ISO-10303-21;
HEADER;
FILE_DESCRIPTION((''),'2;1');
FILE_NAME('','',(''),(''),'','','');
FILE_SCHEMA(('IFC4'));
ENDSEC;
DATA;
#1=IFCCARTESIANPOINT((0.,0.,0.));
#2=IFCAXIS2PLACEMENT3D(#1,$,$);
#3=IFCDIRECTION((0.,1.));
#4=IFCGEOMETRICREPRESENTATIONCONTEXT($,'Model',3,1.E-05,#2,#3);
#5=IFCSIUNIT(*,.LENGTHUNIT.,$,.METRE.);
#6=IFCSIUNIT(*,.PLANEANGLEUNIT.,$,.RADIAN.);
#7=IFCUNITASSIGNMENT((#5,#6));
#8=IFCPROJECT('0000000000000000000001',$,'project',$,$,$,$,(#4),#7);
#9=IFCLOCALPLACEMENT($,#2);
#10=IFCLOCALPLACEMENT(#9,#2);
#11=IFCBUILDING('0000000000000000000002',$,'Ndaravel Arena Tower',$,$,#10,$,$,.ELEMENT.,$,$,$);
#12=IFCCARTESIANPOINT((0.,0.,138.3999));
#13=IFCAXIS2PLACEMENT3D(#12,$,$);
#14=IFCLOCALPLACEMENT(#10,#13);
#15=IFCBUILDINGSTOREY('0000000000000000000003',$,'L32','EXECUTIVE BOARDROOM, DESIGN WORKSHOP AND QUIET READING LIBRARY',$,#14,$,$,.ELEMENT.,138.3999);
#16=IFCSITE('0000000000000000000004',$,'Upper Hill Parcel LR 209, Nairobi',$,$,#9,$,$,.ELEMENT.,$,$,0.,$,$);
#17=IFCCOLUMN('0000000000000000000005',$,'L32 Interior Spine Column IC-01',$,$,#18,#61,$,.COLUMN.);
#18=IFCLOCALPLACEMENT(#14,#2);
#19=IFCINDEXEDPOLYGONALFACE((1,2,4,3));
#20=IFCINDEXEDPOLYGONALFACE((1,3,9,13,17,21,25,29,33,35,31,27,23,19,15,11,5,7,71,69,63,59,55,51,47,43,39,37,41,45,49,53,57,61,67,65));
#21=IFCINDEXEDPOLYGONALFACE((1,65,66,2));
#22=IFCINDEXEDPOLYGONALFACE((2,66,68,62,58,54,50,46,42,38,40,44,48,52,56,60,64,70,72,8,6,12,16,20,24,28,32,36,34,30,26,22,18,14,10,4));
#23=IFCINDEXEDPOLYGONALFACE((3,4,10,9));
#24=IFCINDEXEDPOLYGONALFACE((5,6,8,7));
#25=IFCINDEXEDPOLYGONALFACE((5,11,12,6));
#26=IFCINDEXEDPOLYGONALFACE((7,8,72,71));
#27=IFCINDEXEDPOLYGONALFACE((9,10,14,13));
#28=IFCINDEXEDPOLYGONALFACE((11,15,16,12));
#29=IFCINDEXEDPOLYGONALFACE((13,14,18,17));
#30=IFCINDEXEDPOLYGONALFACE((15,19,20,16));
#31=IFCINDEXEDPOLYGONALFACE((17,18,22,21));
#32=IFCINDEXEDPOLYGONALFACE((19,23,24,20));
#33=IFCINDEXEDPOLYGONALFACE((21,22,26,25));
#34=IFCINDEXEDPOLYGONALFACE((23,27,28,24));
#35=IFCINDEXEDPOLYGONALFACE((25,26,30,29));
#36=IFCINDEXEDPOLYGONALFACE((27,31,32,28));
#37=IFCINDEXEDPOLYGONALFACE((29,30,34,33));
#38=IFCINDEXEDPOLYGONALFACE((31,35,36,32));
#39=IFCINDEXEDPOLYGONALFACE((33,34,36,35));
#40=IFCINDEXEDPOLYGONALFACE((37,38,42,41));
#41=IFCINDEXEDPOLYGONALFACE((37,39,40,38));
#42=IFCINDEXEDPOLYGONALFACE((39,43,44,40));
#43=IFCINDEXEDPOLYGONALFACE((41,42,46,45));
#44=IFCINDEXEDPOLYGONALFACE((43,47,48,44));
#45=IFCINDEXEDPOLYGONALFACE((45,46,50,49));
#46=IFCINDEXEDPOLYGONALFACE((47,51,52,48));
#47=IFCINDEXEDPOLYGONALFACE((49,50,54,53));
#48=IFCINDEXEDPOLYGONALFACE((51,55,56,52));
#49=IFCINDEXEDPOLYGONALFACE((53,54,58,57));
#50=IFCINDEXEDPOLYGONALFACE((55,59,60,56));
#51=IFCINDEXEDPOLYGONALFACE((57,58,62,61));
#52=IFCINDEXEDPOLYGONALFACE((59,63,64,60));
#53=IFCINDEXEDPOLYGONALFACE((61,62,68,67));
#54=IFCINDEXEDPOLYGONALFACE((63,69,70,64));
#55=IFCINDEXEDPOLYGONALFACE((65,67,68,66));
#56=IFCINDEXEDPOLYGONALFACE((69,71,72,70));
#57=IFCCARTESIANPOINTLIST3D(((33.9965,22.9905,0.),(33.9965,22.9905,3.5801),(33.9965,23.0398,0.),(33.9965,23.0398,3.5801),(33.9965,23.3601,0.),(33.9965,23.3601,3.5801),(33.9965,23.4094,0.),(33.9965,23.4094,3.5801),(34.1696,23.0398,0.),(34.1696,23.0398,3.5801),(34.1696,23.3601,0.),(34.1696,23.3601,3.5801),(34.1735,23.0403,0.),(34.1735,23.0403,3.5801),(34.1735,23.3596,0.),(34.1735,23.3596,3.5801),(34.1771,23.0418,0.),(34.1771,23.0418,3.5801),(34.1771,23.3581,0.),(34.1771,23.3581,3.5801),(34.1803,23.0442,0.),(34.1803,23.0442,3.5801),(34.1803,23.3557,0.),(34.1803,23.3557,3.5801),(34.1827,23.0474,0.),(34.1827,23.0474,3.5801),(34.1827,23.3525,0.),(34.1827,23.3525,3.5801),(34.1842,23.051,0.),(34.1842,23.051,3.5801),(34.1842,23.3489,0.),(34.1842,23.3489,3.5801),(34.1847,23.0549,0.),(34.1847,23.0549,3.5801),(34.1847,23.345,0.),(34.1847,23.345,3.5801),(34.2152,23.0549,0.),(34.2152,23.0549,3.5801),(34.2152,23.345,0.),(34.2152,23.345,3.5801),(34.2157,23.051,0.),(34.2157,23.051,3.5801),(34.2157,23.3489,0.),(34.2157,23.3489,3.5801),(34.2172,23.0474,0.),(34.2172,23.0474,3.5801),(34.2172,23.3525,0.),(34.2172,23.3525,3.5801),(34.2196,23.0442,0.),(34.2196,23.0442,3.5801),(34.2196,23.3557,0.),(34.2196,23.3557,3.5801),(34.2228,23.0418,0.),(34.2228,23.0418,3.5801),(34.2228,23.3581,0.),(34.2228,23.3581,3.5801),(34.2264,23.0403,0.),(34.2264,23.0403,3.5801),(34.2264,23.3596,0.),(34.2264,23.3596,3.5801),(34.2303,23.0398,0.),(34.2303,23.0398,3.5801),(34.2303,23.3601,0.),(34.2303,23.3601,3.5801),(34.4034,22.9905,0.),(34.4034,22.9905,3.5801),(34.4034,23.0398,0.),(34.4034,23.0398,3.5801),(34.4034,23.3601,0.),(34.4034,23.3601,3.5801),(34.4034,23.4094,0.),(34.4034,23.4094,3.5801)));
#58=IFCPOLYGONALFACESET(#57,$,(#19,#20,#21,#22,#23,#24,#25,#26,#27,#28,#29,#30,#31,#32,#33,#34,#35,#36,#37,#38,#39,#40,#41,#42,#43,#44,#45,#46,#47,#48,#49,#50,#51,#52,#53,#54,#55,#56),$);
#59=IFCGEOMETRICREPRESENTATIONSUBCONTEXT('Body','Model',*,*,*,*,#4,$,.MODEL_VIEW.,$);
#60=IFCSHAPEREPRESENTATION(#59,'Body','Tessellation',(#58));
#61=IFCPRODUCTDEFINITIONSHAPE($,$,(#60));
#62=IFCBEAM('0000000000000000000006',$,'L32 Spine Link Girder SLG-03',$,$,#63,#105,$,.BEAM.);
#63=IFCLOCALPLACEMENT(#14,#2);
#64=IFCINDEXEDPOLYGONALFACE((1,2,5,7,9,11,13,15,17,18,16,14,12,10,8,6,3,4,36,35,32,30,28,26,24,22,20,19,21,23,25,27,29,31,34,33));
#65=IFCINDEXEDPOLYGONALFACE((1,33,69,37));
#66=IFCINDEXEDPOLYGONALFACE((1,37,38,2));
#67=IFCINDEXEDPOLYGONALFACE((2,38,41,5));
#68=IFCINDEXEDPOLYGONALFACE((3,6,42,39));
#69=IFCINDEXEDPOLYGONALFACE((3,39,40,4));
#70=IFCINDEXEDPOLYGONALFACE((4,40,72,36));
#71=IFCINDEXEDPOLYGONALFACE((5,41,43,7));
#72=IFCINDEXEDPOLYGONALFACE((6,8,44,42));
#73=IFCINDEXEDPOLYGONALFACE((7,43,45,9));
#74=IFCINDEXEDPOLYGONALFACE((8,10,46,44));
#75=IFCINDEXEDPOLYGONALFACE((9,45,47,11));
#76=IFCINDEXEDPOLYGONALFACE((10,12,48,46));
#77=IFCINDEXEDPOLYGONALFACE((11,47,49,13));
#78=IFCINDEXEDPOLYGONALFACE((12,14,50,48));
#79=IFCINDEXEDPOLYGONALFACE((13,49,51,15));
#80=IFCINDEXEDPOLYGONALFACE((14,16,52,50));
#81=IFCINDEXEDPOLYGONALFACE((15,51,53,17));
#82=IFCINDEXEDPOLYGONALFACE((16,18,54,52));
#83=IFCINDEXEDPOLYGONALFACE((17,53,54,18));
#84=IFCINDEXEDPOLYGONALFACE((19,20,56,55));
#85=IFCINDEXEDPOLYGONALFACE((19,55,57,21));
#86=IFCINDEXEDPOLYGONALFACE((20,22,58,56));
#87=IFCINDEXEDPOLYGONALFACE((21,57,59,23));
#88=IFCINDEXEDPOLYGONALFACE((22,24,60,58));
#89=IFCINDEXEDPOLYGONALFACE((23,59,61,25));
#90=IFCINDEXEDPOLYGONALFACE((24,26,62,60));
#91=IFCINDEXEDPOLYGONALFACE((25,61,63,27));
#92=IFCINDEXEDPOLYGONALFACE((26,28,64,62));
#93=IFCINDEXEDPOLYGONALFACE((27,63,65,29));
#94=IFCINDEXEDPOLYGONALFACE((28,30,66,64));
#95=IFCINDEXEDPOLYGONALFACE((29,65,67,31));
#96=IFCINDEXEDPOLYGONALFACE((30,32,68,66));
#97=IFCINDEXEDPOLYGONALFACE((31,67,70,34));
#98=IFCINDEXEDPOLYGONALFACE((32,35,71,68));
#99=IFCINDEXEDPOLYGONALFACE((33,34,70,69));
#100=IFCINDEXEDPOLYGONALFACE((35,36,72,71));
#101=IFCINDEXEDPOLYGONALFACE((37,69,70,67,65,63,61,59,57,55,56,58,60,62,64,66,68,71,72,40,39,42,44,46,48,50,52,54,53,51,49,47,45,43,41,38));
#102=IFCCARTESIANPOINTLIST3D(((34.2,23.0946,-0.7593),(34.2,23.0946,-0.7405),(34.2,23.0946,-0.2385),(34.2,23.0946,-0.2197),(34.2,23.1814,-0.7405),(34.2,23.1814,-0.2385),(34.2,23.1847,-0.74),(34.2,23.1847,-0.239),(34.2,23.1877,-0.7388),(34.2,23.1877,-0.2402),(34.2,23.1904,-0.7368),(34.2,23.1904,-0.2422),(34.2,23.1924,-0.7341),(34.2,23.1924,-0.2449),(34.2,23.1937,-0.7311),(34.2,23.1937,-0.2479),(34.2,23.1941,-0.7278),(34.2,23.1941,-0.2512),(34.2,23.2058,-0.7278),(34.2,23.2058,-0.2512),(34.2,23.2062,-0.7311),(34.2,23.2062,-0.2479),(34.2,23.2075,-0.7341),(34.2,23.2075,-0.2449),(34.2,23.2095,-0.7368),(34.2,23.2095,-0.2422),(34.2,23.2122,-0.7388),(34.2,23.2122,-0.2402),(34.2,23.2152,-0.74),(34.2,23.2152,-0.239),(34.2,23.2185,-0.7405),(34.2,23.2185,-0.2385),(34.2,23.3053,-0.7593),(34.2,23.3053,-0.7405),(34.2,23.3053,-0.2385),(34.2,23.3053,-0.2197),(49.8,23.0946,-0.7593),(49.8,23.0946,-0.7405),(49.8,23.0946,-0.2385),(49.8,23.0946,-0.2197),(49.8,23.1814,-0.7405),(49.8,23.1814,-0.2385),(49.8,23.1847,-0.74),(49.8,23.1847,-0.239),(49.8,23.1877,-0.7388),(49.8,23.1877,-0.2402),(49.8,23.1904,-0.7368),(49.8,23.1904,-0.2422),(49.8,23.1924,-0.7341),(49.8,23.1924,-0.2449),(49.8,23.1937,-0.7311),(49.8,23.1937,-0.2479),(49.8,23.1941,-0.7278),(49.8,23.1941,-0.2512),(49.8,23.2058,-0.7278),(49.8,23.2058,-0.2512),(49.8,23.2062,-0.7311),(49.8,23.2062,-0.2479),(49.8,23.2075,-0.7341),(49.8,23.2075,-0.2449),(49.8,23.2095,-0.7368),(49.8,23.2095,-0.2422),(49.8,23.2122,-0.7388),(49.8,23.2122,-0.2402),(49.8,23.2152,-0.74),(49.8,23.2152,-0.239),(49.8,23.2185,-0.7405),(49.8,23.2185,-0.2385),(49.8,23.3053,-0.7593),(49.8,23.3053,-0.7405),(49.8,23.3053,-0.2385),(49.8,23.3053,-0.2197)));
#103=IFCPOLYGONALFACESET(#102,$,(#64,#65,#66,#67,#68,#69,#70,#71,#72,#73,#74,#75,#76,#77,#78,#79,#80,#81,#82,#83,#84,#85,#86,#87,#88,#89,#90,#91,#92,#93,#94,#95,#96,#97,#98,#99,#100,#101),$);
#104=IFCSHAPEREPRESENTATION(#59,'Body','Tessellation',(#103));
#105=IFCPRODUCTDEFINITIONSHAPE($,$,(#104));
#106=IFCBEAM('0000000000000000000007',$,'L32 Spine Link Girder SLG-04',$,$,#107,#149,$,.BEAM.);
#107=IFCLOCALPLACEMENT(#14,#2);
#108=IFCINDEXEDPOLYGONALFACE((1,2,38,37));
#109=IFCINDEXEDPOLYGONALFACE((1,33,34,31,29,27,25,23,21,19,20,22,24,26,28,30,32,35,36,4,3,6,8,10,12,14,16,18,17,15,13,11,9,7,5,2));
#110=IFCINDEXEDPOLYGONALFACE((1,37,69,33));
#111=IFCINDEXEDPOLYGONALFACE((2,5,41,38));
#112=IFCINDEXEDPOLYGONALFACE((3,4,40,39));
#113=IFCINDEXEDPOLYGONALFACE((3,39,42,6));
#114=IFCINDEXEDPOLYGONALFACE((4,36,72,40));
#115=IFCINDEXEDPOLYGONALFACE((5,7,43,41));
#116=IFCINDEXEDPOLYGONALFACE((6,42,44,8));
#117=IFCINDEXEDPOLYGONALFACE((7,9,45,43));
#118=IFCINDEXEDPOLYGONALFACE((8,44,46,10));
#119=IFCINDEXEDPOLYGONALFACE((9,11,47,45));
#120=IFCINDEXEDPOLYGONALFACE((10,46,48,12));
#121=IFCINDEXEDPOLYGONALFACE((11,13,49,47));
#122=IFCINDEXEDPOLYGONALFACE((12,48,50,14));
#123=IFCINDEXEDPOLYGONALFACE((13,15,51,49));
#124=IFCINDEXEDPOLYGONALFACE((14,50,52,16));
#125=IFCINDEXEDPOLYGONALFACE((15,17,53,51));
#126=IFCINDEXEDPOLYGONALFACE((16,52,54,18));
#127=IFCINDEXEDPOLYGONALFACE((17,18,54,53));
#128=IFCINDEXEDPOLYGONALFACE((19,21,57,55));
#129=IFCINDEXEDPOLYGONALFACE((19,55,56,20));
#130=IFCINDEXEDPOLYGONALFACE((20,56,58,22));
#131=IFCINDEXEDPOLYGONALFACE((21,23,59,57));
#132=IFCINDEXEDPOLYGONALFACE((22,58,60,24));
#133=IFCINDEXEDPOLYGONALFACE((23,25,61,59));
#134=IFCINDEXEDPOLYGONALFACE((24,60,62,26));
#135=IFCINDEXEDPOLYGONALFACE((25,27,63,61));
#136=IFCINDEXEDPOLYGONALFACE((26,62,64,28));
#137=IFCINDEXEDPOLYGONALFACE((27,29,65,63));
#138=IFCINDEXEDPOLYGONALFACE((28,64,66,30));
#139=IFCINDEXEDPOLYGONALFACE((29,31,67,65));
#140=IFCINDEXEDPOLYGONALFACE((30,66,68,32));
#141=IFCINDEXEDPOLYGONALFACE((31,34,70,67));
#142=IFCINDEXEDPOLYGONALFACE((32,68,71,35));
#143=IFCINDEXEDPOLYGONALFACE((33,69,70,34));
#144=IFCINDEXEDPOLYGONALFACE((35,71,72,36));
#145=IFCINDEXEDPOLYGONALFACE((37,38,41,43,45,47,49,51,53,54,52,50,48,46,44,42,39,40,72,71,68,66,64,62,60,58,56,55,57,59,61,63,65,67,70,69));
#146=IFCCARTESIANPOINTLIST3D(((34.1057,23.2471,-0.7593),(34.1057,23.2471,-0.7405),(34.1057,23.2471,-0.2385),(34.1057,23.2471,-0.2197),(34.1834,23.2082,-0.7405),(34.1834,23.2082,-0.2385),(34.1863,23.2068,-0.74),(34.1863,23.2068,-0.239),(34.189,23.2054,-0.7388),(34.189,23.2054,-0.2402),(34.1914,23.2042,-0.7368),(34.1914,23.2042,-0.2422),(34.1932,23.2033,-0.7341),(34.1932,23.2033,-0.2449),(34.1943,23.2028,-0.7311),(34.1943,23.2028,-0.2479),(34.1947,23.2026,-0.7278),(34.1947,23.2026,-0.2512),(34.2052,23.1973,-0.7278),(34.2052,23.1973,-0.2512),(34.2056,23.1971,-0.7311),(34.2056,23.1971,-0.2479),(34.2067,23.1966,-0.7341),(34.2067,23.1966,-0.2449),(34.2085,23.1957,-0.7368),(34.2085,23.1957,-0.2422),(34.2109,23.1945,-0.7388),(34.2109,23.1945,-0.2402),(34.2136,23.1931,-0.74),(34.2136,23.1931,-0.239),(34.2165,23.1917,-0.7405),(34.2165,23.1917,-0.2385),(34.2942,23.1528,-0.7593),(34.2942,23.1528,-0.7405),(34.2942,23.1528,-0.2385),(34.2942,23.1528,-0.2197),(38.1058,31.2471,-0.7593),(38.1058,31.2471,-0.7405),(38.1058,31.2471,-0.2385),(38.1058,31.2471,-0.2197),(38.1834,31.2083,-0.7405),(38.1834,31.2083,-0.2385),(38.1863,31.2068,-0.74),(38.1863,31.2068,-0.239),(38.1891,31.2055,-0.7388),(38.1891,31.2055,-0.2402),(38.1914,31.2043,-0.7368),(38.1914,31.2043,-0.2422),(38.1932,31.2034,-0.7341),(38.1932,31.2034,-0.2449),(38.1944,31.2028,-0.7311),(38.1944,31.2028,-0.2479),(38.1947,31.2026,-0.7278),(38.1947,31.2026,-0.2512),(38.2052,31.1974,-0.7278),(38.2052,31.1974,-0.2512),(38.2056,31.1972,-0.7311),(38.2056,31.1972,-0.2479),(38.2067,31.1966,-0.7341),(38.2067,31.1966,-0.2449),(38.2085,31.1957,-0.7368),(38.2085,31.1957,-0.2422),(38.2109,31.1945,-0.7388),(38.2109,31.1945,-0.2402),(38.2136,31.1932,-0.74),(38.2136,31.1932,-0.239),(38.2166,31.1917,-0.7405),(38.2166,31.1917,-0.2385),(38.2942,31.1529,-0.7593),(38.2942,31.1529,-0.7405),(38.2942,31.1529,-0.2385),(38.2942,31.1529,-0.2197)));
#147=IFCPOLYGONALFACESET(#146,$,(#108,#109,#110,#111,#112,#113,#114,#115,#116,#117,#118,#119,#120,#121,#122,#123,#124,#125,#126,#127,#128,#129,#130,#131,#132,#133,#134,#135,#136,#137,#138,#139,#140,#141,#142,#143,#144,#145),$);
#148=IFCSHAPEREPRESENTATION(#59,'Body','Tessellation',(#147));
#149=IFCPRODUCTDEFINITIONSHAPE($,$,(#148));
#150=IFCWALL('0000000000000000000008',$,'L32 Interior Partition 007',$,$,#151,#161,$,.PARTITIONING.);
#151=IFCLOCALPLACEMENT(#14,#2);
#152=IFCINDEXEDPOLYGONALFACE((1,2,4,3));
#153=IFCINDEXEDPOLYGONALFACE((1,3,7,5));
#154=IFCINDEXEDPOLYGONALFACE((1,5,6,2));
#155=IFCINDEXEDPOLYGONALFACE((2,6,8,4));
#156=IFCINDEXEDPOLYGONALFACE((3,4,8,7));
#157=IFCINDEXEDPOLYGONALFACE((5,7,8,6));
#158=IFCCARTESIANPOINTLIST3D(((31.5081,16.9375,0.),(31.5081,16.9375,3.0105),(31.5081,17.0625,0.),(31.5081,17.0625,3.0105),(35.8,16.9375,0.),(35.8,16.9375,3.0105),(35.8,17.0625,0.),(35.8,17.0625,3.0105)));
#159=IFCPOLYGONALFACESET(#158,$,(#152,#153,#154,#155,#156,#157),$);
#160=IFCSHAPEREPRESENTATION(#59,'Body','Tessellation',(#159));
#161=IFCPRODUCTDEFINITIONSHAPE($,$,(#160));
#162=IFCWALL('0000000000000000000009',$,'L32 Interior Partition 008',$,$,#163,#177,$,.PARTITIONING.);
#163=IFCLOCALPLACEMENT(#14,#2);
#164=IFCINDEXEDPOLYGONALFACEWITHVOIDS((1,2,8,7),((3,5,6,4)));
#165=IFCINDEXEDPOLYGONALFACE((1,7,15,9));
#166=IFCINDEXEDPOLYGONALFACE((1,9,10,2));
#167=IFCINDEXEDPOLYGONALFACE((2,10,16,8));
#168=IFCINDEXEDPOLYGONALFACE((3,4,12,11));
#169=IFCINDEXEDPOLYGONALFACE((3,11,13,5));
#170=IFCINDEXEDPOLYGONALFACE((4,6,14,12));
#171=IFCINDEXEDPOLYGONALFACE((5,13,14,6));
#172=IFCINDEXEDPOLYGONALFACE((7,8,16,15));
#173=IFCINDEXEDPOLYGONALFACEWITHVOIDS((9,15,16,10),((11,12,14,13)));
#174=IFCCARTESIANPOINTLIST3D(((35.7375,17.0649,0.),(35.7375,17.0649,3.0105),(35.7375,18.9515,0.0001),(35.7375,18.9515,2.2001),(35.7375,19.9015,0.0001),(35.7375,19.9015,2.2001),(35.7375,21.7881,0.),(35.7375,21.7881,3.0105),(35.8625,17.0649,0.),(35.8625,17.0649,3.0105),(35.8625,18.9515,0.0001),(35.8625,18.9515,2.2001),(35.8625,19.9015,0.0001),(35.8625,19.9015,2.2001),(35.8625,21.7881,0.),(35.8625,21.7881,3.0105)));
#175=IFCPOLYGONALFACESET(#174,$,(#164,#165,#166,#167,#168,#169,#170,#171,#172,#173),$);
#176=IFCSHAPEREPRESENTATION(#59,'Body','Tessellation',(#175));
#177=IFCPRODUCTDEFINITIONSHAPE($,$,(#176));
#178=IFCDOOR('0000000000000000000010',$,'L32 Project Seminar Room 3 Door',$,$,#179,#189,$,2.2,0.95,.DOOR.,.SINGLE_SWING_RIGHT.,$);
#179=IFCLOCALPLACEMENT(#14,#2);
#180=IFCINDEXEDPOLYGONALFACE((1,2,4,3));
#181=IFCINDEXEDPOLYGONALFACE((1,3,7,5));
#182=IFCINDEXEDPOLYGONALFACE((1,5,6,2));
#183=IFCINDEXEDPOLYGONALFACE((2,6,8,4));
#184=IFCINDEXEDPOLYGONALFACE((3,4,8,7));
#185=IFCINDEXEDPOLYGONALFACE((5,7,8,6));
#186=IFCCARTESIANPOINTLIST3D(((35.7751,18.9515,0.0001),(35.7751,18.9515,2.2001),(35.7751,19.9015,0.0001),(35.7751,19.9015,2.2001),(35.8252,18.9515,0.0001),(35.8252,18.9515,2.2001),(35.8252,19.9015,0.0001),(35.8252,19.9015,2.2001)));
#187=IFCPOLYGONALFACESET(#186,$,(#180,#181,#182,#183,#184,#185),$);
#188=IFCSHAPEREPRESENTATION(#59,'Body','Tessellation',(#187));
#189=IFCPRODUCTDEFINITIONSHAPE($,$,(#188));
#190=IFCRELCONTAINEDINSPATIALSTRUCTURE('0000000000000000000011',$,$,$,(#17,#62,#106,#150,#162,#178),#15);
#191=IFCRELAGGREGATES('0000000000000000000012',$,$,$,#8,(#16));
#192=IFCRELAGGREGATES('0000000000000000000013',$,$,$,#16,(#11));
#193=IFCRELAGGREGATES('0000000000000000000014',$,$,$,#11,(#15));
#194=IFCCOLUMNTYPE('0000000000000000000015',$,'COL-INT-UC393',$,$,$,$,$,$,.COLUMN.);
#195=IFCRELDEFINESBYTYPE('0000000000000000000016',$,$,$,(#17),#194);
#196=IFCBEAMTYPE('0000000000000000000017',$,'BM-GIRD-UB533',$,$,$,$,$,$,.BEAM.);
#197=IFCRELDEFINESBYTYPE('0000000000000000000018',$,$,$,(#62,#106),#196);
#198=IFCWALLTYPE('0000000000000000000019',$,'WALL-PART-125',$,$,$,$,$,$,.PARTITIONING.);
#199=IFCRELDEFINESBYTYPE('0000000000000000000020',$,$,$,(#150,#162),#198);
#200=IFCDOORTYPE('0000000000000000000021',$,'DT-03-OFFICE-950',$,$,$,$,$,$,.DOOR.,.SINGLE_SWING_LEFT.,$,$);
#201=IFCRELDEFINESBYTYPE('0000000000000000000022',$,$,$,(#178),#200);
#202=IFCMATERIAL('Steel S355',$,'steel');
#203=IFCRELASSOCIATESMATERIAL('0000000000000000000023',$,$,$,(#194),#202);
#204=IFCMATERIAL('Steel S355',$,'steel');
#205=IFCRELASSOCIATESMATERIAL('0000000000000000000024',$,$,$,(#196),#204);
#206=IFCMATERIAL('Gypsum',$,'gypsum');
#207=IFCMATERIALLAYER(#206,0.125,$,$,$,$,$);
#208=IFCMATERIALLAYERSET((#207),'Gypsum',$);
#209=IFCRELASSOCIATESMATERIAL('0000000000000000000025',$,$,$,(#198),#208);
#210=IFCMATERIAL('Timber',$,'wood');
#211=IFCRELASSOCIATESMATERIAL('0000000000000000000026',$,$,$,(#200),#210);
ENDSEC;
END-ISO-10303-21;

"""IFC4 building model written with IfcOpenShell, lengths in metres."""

from ifc_helpers import new_model, si_unit, direction, frame, frame_2d, origin, origin_2d, place, context, subcontext, project, spatial, rectangle, i_section, extrude, material, layer, layer_set, material_profile, profile_set, type_object, element, fill, save


model = new_model("IFC4")

# Units and contexts
model_context = context("Model", 3, precision=1e-05, world=origin(), true_north=direction((0.0, 1.0)))
body_context = subcontext(model_context, "Body", "Model", "MODEL_VIEW")
ifc_project = project(units=[si_unit("LENGTHUNIT", "METRE"), si_unit("PLANEANGLEUNIT", "RADIAN")], contexts=[model_context])

# Site, building, storey
site_placement = place(None, origin())
site = spatial("IfcSite", under=ifc_project, at=site_placement, Name="Upper Hill Parcel LR 209, Nairobi", CompositionType="ELEMENT", RefElevation=0.0)
building_placement = place(site_placement, origin())
building = spatial("IfcBuilding", under=site, at=building_placement, Name="Ndaravel Arena Tower", CompositionType="ELEMENT")
storey_placement = place(building_placement, frame((0.0, 0.0, 138.3999)))
storey = spatial("IfcBuildingStorey", under=building, at=storey_placement, Name="L32", Description="EXECUTIVE BOARDROOM, DESIGN WORKSHOP AND QUIET READING LIBRARY", CompositionType="ELEMENT", Elevation=138.3999)

# Column
ifc_material_1 = material(Name="Steel S355", Category="steel")
ifc_material_profile_1 = material_profile(ifc_material_1, i_section(OverallWidth=0.407, OverallDepth=0.4189, WebThickness=0.0305, FlangeThickness=0.0493, FilletRadius=0.0151, at=origin_2d()), Name="UC 356x406x393")
ifc_profile_set_1 = profile_set([ifc_material_profile_1], Name="Steel S355")
column_type = type_object("IfcColumnType", Name="COL-INT-UC393", PredefinedType="COLUMN", material=ifc_profile_set_1)
column_placement = place(storey_placement, frame((34.2, 23.2, 0.0), z_axis=(0.0, 0.0, 1.0), x_axis=(1.0, 0.0, 0.0)))
element("IfcColumn", 1, at=column_placement, inside=storey, type_object=column_type, Name="L32 Interior Spine Column IC-01", PredefinedType="COLUMN", context=body_context, shape_type="SweptSolid", body=[
    extrude(i_section(OverallWidth=0.407, OverallDepth=0.4189, WebThickness=0.0305, FlangeThickness=0.0493, FilletRadius=0.0151, at=origin_2d()), origin(), (0.0, 0.0, 1.0), 3.5801),
])

# Beams
ifc_material_2 = material(Name="Steel S355", Category="steel")
ifc_material_profile_2 = material_profile(ifc_material_2, i_section(OverallWidth=0.2107, OverallDepth=0.5396, WebThickness=0.0117, FlangeThickness=0.0188, FilletRadius=0.0127, at=origin_2d()), Name="UB 533x210x109")
ifc_profile_set_2 = profile_set([ifc_material_profile_2], Name="Steel S355")
beam_type = type_object("IfcBeamType", Name="BM-GIRD-UB533", PredefinedType="BEAM", material=ifc_profile_set_2)
beam_1_placement = place(storey_placement, frame((34.2, 23.2, -0.4895), z_axis=(1.0, 0.0, 0.0), x_axis=(0.0, 1.0, 0.0)))
element("IfcBeam", 2, at=beam_1_placement, inside=storey, type_object=beam_type, Name="L32 Spine Link Girder SLG-03", PredefinedType="BEAM", context=body_context, shape_type="SweptSolid", body=[
    extrude(i_section(OverallWidth=0.2107, OverallDepth=0.5396, WebThickness=0.0117, FlangeThickness=0.0188, FilletRadius=0.0127, at=origin_2d()), origin(), (0.0, 0.0, 1.0), 15.6001),
])
beam_2_placement = place(storey_placement, frame((34.2, 23.2, -0.4895), z_axis=(0.447214, 0.894427, 0.0), x_axis=(-0.894427, 0.447214, 0.0)))
element("IfcBeam", 3, at=beam_2_placement, inside=storey, type_object=beam_type, Name="L32 Spine Link Girder SLG-04", PredefinedType="BEAM", context=body_context, shape_type="SweptSolid", body=[
    extrude(i_section(OverallWidth=0.2107, OverallDepth=0.5396, WebThickness=0.0117, FlangeThickness=0.0188, FilletRadius=0.0127, at=origin_2d()), origin(), (0.0, 0.0, 1.0), 8.9443),
])

# Wall
ifc_material_3 = material(Name="Gypsum", Category="gypsum")
ifc_layer_1 = layer(ifc_material_3, 0.125)
ifc_layer_set_1 = layer_set([ifc_layer_1], Name="Gypsum")
wall_type_1 = type_object("IfcWallType", Name="WALL-PART-125", PredefinedType="PARTITIONING", material=ifc_layer_set_1)
wall_1_placement = place(storey_placement, frame((31.5081, 17.0, 0.0), z_axis=(0.0, 0.0, 1.0), x_axis=(1.0, 0.0, 0.0)))
element("IfcWall", 4, at=wall_1_placement, inside=storey, type_object=wall_type_1, Name="L32 Interior Partition 007", PredefinedType="PARTITIONING", context=body_context, shape_type="SweptSolid", body=[
    extrude(rectangle(XDim=4.292, YDim=0.125, at=frame_2d((2.146, 0.0))), origin(), (0.0, 0.0, 1.0), 3.0105),
])

# Wall, opening, door
wall_2_placement = place(storey_placement, frame((35.8, 17.0649, 0.0), z_axis=(0.0, 0.0, 1.0), x_axis=(0.0, 1.0, 0.0)))
wall_2 = element("IfcWall", 5, at=wall_2_placement, inside=storey, type_object=wall_type_1, Name="L32 Interior Partition 008", PredefinedType="PARTITIONING", context=body_context, shape_type="SweptSolid", body=[
    extrude(rectangle(XDim=4.7231, YDim=0.125, at=frame_2d((2.3616, 0.0))), origin(), (0.0, 0.0, 1.0), 3.0105),
])
opening_1_placement = place(wall_2_placement, frame((1.8865, 0.0, 0.0)))
opening_1 = element("IfcOpeningElement", 6, at=opening_1_placement, cuts=wall_2, PredefinedType="OPENING", context=body_context, shape_type="SweptSolid", body=[
    extrude(rectangle(XDim=0.95, YDim=2.2, at=frame_2d((0.4751, 1.1001))), frame((0.0, 0.0625, 0.0), z_axis=(0.0, -1.0, 0.0), x_axis=(1.0, 0.0, 0.0)), (0.0, 0.0, 1.0), 0.125),
])
ifc_material_4 = material(Name="Timber", Category="wood")
door_type_1 = type_object("IfcDoorType", Name="DT-03-OFFICE-950", OperationType="SINGLE_SWING_LEFT", PredefinedType="DOOR", material=ifc_material_4)
door_1_placement = place(opening_1_placement, origin())
door_1 = element("IfcDoor", 7, at=door_1_placement, inside=storey, type_object=door_type_1, Name="L32 Project Seminar Room 3 Door", OperationType="SINGLE_SWING_RIGHT", OverallHeight=2.2, OverallWidth=0.95, PredefinedType="DOOR", context=body_context, shape_type="SweptSolid", body=[
    extrude(rectangle(XDim=0.95, YDim=2.2, at=frame_2d((0.4751, 1.1001))), frame((0.0, 0.0249, 0.0), z_axis=(0.0, -1.0, 0.0), x_axis=(1.0, 0.0, 0.0)), (0.0, 0.0, 1.0), 0.05),
])
fill(opening_1, door_1)

save(model, "model.ifc")
